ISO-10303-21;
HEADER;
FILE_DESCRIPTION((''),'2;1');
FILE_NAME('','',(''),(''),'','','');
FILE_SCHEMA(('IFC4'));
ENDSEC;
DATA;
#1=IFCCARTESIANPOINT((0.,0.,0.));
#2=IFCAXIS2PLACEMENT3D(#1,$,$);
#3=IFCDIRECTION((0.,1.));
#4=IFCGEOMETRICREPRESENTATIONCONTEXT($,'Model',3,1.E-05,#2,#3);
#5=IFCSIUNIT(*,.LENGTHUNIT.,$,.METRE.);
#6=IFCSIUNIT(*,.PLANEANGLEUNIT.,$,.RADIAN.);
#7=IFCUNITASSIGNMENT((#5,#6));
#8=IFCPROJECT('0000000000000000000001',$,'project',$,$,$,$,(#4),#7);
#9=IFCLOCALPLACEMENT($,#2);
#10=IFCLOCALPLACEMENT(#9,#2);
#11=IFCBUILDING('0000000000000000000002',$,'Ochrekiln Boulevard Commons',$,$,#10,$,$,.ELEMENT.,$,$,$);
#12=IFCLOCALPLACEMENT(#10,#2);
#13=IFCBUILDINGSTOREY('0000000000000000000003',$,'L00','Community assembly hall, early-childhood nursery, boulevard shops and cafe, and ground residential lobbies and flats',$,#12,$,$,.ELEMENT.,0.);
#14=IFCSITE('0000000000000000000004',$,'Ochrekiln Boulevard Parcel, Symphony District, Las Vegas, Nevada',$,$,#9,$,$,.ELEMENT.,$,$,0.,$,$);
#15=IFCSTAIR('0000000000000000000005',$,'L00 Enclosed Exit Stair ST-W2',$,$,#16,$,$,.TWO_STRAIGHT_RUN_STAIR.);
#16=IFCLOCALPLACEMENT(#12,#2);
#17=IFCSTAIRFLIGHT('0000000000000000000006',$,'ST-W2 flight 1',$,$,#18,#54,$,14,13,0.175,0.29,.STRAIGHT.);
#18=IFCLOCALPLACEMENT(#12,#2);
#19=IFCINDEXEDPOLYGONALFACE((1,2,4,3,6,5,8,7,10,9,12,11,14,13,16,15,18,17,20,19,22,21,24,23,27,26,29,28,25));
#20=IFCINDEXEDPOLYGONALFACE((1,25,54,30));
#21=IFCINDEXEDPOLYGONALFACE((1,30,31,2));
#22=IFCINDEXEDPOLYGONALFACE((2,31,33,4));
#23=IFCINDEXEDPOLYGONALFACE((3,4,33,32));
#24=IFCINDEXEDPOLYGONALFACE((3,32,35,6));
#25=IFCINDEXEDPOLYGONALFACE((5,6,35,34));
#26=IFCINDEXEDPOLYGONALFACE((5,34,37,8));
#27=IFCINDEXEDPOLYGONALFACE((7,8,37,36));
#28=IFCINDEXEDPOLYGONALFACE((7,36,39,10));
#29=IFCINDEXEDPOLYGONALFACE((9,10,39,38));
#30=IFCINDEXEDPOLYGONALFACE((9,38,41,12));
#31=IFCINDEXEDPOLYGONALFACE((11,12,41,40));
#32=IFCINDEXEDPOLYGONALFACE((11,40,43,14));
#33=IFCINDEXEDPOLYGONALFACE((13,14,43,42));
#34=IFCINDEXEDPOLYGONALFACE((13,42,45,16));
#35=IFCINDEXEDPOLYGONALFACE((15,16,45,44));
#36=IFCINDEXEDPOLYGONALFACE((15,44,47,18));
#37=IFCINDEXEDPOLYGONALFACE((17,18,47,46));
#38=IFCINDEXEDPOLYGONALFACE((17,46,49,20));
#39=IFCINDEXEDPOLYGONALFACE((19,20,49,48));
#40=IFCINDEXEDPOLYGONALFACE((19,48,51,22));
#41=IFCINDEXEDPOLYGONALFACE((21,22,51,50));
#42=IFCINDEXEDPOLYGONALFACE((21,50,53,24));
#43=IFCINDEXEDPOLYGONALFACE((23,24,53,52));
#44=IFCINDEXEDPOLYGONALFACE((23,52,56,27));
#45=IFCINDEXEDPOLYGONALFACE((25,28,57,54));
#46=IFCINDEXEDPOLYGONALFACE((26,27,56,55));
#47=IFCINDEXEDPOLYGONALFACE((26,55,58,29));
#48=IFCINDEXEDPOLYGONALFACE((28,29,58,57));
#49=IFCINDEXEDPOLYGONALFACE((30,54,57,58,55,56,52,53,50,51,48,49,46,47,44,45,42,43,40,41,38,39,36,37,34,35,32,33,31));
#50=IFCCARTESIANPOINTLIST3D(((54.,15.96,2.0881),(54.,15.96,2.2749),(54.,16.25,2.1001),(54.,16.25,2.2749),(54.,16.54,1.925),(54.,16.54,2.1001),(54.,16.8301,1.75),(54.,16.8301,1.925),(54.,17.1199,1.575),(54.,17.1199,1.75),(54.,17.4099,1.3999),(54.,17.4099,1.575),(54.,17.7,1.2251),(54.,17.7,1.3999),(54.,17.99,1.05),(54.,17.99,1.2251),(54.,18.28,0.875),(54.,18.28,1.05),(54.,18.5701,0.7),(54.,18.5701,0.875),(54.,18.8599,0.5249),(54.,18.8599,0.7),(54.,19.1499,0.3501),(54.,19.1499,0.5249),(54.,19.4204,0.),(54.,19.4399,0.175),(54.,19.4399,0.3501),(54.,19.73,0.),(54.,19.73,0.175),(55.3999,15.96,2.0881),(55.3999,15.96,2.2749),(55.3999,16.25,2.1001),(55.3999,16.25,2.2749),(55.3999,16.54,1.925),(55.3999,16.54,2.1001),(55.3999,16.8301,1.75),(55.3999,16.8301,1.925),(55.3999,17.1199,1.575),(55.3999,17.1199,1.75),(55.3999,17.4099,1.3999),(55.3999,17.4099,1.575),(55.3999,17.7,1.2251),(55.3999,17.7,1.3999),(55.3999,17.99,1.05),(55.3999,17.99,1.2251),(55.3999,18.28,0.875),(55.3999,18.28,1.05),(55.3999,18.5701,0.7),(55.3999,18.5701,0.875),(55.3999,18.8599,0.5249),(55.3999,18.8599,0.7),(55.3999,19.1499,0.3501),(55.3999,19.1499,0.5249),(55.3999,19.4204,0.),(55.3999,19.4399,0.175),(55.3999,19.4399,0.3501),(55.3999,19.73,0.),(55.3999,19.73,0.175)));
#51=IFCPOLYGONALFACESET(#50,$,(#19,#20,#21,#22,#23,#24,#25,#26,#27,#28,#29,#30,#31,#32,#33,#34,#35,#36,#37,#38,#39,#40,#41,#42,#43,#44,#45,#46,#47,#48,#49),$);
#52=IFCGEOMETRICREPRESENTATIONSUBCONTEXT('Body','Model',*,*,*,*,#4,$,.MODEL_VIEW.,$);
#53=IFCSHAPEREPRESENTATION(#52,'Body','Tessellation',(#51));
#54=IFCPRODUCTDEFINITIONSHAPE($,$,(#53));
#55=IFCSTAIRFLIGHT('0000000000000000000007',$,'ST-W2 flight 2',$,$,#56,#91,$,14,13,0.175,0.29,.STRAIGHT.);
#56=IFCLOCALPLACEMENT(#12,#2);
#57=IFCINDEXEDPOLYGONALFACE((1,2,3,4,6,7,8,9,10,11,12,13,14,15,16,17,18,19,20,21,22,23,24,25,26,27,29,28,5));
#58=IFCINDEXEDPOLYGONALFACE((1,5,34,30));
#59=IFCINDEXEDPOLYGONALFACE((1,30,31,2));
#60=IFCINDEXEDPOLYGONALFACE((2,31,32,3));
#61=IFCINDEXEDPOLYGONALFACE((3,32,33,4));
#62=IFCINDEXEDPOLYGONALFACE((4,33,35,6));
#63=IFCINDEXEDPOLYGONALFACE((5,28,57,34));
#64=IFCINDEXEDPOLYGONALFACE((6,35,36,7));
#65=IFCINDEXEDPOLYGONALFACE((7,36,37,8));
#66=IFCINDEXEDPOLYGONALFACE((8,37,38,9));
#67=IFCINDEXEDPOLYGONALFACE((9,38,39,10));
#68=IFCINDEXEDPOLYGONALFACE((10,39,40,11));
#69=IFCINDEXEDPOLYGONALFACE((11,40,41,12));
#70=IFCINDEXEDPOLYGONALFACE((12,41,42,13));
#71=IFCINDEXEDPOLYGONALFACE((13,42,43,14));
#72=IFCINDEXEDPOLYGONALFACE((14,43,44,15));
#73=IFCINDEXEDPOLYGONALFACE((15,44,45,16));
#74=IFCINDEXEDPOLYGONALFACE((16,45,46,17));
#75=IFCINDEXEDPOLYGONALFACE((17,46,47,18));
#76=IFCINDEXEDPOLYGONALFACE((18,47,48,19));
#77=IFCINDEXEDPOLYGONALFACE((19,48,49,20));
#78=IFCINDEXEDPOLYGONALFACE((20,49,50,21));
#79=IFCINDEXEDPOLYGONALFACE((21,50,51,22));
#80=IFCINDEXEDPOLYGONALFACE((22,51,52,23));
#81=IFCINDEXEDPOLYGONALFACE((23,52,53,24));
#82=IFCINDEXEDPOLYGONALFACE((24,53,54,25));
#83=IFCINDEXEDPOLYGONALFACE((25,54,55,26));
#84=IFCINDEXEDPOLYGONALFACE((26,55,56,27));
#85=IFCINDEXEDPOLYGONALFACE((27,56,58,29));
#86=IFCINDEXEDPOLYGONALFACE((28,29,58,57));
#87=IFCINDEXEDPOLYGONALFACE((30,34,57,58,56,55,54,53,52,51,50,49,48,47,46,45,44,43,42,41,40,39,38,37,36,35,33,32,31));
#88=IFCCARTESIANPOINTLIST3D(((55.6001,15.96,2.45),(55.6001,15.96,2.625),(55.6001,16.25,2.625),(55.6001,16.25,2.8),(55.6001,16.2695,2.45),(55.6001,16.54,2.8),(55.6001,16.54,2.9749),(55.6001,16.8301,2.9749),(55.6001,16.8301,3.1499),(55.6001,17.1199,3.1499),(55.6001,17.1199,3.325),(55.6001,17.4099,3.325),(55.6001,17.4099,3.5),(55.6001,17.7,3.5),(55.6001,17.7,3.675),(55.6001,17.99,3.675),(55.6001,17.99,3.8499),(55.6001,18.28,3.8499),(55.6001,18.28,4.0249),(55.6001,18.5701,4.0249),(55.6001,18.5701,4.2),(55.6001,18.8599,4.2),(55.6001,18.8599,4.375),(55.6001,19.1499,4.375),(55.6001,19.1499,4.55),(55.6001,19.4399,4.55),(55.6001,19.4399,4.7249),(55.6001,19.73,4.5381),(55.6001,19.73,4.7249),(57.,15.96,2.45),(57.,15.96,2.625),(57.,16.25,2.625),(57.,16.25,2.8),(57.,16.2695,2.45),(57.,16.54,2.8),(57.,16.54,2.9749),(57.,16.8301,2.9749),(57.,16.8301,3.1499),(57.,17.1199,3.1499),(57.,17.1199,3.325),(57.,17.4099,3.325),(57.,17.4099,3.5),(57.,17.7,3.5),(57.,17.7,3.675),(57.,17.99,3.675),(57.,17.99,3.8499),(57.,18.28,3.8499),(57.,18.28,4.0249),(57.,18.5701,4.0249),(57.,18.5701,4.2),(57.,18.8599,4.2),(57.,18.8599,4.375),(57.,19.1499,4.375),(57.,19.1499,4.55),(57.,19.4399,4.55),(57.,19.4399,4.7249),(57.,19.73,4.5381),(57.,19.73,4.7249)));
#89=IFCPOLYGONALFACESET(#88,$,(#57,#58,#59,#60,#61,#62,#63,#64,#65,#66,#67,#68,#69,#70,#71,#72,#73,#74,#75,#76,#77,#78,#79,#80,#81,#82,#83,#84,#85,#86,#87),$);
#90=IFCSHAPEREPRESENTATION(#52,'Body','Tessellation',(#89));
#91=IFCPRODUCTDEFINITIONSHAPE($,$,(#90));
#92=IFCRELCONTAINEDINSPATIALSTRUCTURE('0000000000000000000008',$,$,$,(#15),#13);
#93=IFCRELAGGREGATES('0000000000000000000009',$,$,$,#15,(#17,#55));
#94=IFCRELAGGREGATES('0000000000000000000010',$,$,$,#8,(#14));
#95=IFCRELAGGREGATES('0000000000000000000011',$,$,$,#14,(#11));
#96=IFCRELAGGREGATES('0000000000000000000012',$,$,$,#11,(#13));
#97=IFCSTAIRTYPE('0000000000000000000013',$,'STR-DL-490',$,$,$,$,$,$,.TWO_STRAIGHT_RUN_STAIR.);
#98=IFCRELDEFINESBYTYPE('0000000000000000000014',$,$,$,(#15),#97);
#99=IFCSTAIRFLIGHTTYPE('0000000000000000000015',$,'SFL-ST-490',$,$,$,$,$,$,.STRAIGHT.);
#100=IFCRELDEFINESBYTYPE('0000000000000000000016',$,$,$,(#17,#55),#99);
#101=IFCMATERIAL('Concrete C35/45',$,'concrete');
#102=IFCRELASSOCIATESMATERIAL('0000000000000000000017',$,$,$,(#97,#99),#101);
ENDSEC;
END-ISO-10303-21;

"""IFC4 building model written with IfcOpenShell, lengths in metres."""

from ifc_helpers import new_model, si_unit, direction, frame, origin, place, context, subcontext, project, spatial, polyline, outline, extrude, material, type_object, element, aggregate, save


model = new_model("IFC4")

# Units and contexts
model_context = context("Model", 3, precision=1e-05, world=origin(), true_north=direction((0.0, 1.0)))
body_context = subcontext(model_context, "Body", "Model", "MODEL_VIEW")
ifc_project = project(units=[si_unit("LENGTHUNIT", "METRE"), si_unit("PLANEANGLEUNIT", "RADIAN")], contexts=[model_context])

# Site, building, storey
site_placement = place(None, origin())
site = spatial("IfcSite", under=ifc_project, at=site_placement, Name="Ochrekiln Boulevard Parcel, Symphony District, Las Vegas, Nevada", CompositionType="ELEMENT", RefElevation=0.0)
building_placement = place(site_placement, origin())
building = spatial("IfcBuilding", under=site, at=building_placement, Name="Ochrekiln Boulevard Commons", CompositionType="ELEMENT")
storey_placement = place(building_placement, origin())
storey = spatial("IfcBuildingStorey", under=building, at=storey_placement, Name="L00", Description="Community assembly hall, early-childhood nursery, boulevard shops and cafe, and ground residential lobbies and flats", CompositionType="ELEMENT", Elevation=0.0)

# Shared definitions
ifc_material_1 = material(Name="Concrete C35/45", Category="concrete")

# Stair, stair flights
stair_type = type_object("IfcStairType", Name="STR-DL-490", PredefinedType="TWO_STRAIGHT_RUN_STAIR", material=ifc_material_1)
stair_placement = place(storey_placement, origin())
stair = element("IfcStair", 1, at=stair_placement, inside=storey, type_object=stair_type, Name="L00 Enclosed Exit Stair ST-W2", PredefinedType="TWO_STRAIGHT_RUN_STAIR")
stair_flight_type = type_object("IfcStairFlightType", Name="SFL-ST-490", PredefinedType="STRAIGHT", material=ifc_material_1)
stair_flight_1_placement = place(storey_placement, frame((54.7, 19.73, 0.0), z_axis=(0.0, 0.0, 1.0), x_axis=(0.0, -1.0, 0.0)))
stair_flight_1 = element("IfcStairFlight", 2, at=stair_flight_1_placement, type_object=stair_flight_type, Name="ST-W2 flight 1", NumberOfRisers=14, NumberOfTreads=13, PredefinedType="STRAIGHT", RiserHeight=0.175, TreadLength=0.29, context=body_context, shape_type="SweptSolid", body=[
    extrude(outline(polyline([(0.0, 0.0), (0.0, 0.175), (0.29, 0.175), (0.29, 0.3501), (0.5801, 0.3501), (0.5801, 0.5249), (0.8701, 0.5249), (0.8701, 0.7), (1.1599, 0.7), (1.1599, 0.875), (1.45, 0.875), (1.45, 1.05), (1.74, 1.05), (1.74, 1.2251), (2.03, 1.2251), (2.03, 1.3999), (2.3201, 1.3999), (2.3201, 1.575), (2.6101, 1.575), (2.6101, 1.75), (2.8999, 1.75), (2.8999, 1.925), (3.1899, 1.925), (3.1899, 2.1001), (3.48, 2.1001), (3.48, 2.2749), (3.77, 2.2749), (3.77, 2.45), (3.77, 2.0881), (0.3096, 0.0), (0.0, 0.0)])), frame((0.0, 0.7, 0.0), z_axis=(0.0, -1.0, 0.0), x_axis=(1.0, 0.0, 0.0)), (0.0, 0.0, 1.0), 1.3999),
])
stair_flight_2_placement = place(storey_placement, frame((56.3, 15.96, 2.45), z_axis=(0.0, 0.0, 1.0), x_axis=(0.0, 1.0, 0.0)))
stair_flight_2 = element("IfcStairFlight", 3, at=stair_flight_2_placement, type_object=stair_flight_type, Name="ST-W2 flight 2", NumberOfRisers=14, NumberOfTreads=13, PredefinedType="STRAIGHT", RiserHeight=0.175, TreadLength=0.29, context=body_context, shape_type="SweptSolid", body=[
    extrude(outline(polyline([(0.0, 0.0), (0.0, 0.175), (0.29, 0.175), (0.29, 0.3501), (0.5801, 0.3501), (0.5801, 0.5249), (0.8701, 0.5249), (0.8701, 0.7), (1.1599, 0.7), (1.1599, 0.875), (1.45, 0.875), (1.45, 1.05), (1.74, 1.05), (1.74, 1.2251), (2.03, 1.2251), (2.03, 1.3999), (2.3201, 1.3999), (2.3201, 1.575), (2.6101, 1.575), (2.6101, 1.75), (2.8999, 1.75), (2.8999, 1.925), (3.1899, 1.925), (3.1899, 2.1001), (3.48, 2.1001), (3.48, 2.2749), (3.77, 2.2749), (3.77, 2.45), (3.77, 2.0881), (0.3096, 0.0), (0.0, 0.0)])), frame((0.0, 0.7, 0.0), z_axis=(0.0, -1.0, 0.0), x_axis=(1.0, 0.0, 0.0)), (0.0, 0.0, 1.0), 1.3999),
])
aggregate(stair, [stair_flight_1, stair_flight_2])

save(model, "model.ifc")
